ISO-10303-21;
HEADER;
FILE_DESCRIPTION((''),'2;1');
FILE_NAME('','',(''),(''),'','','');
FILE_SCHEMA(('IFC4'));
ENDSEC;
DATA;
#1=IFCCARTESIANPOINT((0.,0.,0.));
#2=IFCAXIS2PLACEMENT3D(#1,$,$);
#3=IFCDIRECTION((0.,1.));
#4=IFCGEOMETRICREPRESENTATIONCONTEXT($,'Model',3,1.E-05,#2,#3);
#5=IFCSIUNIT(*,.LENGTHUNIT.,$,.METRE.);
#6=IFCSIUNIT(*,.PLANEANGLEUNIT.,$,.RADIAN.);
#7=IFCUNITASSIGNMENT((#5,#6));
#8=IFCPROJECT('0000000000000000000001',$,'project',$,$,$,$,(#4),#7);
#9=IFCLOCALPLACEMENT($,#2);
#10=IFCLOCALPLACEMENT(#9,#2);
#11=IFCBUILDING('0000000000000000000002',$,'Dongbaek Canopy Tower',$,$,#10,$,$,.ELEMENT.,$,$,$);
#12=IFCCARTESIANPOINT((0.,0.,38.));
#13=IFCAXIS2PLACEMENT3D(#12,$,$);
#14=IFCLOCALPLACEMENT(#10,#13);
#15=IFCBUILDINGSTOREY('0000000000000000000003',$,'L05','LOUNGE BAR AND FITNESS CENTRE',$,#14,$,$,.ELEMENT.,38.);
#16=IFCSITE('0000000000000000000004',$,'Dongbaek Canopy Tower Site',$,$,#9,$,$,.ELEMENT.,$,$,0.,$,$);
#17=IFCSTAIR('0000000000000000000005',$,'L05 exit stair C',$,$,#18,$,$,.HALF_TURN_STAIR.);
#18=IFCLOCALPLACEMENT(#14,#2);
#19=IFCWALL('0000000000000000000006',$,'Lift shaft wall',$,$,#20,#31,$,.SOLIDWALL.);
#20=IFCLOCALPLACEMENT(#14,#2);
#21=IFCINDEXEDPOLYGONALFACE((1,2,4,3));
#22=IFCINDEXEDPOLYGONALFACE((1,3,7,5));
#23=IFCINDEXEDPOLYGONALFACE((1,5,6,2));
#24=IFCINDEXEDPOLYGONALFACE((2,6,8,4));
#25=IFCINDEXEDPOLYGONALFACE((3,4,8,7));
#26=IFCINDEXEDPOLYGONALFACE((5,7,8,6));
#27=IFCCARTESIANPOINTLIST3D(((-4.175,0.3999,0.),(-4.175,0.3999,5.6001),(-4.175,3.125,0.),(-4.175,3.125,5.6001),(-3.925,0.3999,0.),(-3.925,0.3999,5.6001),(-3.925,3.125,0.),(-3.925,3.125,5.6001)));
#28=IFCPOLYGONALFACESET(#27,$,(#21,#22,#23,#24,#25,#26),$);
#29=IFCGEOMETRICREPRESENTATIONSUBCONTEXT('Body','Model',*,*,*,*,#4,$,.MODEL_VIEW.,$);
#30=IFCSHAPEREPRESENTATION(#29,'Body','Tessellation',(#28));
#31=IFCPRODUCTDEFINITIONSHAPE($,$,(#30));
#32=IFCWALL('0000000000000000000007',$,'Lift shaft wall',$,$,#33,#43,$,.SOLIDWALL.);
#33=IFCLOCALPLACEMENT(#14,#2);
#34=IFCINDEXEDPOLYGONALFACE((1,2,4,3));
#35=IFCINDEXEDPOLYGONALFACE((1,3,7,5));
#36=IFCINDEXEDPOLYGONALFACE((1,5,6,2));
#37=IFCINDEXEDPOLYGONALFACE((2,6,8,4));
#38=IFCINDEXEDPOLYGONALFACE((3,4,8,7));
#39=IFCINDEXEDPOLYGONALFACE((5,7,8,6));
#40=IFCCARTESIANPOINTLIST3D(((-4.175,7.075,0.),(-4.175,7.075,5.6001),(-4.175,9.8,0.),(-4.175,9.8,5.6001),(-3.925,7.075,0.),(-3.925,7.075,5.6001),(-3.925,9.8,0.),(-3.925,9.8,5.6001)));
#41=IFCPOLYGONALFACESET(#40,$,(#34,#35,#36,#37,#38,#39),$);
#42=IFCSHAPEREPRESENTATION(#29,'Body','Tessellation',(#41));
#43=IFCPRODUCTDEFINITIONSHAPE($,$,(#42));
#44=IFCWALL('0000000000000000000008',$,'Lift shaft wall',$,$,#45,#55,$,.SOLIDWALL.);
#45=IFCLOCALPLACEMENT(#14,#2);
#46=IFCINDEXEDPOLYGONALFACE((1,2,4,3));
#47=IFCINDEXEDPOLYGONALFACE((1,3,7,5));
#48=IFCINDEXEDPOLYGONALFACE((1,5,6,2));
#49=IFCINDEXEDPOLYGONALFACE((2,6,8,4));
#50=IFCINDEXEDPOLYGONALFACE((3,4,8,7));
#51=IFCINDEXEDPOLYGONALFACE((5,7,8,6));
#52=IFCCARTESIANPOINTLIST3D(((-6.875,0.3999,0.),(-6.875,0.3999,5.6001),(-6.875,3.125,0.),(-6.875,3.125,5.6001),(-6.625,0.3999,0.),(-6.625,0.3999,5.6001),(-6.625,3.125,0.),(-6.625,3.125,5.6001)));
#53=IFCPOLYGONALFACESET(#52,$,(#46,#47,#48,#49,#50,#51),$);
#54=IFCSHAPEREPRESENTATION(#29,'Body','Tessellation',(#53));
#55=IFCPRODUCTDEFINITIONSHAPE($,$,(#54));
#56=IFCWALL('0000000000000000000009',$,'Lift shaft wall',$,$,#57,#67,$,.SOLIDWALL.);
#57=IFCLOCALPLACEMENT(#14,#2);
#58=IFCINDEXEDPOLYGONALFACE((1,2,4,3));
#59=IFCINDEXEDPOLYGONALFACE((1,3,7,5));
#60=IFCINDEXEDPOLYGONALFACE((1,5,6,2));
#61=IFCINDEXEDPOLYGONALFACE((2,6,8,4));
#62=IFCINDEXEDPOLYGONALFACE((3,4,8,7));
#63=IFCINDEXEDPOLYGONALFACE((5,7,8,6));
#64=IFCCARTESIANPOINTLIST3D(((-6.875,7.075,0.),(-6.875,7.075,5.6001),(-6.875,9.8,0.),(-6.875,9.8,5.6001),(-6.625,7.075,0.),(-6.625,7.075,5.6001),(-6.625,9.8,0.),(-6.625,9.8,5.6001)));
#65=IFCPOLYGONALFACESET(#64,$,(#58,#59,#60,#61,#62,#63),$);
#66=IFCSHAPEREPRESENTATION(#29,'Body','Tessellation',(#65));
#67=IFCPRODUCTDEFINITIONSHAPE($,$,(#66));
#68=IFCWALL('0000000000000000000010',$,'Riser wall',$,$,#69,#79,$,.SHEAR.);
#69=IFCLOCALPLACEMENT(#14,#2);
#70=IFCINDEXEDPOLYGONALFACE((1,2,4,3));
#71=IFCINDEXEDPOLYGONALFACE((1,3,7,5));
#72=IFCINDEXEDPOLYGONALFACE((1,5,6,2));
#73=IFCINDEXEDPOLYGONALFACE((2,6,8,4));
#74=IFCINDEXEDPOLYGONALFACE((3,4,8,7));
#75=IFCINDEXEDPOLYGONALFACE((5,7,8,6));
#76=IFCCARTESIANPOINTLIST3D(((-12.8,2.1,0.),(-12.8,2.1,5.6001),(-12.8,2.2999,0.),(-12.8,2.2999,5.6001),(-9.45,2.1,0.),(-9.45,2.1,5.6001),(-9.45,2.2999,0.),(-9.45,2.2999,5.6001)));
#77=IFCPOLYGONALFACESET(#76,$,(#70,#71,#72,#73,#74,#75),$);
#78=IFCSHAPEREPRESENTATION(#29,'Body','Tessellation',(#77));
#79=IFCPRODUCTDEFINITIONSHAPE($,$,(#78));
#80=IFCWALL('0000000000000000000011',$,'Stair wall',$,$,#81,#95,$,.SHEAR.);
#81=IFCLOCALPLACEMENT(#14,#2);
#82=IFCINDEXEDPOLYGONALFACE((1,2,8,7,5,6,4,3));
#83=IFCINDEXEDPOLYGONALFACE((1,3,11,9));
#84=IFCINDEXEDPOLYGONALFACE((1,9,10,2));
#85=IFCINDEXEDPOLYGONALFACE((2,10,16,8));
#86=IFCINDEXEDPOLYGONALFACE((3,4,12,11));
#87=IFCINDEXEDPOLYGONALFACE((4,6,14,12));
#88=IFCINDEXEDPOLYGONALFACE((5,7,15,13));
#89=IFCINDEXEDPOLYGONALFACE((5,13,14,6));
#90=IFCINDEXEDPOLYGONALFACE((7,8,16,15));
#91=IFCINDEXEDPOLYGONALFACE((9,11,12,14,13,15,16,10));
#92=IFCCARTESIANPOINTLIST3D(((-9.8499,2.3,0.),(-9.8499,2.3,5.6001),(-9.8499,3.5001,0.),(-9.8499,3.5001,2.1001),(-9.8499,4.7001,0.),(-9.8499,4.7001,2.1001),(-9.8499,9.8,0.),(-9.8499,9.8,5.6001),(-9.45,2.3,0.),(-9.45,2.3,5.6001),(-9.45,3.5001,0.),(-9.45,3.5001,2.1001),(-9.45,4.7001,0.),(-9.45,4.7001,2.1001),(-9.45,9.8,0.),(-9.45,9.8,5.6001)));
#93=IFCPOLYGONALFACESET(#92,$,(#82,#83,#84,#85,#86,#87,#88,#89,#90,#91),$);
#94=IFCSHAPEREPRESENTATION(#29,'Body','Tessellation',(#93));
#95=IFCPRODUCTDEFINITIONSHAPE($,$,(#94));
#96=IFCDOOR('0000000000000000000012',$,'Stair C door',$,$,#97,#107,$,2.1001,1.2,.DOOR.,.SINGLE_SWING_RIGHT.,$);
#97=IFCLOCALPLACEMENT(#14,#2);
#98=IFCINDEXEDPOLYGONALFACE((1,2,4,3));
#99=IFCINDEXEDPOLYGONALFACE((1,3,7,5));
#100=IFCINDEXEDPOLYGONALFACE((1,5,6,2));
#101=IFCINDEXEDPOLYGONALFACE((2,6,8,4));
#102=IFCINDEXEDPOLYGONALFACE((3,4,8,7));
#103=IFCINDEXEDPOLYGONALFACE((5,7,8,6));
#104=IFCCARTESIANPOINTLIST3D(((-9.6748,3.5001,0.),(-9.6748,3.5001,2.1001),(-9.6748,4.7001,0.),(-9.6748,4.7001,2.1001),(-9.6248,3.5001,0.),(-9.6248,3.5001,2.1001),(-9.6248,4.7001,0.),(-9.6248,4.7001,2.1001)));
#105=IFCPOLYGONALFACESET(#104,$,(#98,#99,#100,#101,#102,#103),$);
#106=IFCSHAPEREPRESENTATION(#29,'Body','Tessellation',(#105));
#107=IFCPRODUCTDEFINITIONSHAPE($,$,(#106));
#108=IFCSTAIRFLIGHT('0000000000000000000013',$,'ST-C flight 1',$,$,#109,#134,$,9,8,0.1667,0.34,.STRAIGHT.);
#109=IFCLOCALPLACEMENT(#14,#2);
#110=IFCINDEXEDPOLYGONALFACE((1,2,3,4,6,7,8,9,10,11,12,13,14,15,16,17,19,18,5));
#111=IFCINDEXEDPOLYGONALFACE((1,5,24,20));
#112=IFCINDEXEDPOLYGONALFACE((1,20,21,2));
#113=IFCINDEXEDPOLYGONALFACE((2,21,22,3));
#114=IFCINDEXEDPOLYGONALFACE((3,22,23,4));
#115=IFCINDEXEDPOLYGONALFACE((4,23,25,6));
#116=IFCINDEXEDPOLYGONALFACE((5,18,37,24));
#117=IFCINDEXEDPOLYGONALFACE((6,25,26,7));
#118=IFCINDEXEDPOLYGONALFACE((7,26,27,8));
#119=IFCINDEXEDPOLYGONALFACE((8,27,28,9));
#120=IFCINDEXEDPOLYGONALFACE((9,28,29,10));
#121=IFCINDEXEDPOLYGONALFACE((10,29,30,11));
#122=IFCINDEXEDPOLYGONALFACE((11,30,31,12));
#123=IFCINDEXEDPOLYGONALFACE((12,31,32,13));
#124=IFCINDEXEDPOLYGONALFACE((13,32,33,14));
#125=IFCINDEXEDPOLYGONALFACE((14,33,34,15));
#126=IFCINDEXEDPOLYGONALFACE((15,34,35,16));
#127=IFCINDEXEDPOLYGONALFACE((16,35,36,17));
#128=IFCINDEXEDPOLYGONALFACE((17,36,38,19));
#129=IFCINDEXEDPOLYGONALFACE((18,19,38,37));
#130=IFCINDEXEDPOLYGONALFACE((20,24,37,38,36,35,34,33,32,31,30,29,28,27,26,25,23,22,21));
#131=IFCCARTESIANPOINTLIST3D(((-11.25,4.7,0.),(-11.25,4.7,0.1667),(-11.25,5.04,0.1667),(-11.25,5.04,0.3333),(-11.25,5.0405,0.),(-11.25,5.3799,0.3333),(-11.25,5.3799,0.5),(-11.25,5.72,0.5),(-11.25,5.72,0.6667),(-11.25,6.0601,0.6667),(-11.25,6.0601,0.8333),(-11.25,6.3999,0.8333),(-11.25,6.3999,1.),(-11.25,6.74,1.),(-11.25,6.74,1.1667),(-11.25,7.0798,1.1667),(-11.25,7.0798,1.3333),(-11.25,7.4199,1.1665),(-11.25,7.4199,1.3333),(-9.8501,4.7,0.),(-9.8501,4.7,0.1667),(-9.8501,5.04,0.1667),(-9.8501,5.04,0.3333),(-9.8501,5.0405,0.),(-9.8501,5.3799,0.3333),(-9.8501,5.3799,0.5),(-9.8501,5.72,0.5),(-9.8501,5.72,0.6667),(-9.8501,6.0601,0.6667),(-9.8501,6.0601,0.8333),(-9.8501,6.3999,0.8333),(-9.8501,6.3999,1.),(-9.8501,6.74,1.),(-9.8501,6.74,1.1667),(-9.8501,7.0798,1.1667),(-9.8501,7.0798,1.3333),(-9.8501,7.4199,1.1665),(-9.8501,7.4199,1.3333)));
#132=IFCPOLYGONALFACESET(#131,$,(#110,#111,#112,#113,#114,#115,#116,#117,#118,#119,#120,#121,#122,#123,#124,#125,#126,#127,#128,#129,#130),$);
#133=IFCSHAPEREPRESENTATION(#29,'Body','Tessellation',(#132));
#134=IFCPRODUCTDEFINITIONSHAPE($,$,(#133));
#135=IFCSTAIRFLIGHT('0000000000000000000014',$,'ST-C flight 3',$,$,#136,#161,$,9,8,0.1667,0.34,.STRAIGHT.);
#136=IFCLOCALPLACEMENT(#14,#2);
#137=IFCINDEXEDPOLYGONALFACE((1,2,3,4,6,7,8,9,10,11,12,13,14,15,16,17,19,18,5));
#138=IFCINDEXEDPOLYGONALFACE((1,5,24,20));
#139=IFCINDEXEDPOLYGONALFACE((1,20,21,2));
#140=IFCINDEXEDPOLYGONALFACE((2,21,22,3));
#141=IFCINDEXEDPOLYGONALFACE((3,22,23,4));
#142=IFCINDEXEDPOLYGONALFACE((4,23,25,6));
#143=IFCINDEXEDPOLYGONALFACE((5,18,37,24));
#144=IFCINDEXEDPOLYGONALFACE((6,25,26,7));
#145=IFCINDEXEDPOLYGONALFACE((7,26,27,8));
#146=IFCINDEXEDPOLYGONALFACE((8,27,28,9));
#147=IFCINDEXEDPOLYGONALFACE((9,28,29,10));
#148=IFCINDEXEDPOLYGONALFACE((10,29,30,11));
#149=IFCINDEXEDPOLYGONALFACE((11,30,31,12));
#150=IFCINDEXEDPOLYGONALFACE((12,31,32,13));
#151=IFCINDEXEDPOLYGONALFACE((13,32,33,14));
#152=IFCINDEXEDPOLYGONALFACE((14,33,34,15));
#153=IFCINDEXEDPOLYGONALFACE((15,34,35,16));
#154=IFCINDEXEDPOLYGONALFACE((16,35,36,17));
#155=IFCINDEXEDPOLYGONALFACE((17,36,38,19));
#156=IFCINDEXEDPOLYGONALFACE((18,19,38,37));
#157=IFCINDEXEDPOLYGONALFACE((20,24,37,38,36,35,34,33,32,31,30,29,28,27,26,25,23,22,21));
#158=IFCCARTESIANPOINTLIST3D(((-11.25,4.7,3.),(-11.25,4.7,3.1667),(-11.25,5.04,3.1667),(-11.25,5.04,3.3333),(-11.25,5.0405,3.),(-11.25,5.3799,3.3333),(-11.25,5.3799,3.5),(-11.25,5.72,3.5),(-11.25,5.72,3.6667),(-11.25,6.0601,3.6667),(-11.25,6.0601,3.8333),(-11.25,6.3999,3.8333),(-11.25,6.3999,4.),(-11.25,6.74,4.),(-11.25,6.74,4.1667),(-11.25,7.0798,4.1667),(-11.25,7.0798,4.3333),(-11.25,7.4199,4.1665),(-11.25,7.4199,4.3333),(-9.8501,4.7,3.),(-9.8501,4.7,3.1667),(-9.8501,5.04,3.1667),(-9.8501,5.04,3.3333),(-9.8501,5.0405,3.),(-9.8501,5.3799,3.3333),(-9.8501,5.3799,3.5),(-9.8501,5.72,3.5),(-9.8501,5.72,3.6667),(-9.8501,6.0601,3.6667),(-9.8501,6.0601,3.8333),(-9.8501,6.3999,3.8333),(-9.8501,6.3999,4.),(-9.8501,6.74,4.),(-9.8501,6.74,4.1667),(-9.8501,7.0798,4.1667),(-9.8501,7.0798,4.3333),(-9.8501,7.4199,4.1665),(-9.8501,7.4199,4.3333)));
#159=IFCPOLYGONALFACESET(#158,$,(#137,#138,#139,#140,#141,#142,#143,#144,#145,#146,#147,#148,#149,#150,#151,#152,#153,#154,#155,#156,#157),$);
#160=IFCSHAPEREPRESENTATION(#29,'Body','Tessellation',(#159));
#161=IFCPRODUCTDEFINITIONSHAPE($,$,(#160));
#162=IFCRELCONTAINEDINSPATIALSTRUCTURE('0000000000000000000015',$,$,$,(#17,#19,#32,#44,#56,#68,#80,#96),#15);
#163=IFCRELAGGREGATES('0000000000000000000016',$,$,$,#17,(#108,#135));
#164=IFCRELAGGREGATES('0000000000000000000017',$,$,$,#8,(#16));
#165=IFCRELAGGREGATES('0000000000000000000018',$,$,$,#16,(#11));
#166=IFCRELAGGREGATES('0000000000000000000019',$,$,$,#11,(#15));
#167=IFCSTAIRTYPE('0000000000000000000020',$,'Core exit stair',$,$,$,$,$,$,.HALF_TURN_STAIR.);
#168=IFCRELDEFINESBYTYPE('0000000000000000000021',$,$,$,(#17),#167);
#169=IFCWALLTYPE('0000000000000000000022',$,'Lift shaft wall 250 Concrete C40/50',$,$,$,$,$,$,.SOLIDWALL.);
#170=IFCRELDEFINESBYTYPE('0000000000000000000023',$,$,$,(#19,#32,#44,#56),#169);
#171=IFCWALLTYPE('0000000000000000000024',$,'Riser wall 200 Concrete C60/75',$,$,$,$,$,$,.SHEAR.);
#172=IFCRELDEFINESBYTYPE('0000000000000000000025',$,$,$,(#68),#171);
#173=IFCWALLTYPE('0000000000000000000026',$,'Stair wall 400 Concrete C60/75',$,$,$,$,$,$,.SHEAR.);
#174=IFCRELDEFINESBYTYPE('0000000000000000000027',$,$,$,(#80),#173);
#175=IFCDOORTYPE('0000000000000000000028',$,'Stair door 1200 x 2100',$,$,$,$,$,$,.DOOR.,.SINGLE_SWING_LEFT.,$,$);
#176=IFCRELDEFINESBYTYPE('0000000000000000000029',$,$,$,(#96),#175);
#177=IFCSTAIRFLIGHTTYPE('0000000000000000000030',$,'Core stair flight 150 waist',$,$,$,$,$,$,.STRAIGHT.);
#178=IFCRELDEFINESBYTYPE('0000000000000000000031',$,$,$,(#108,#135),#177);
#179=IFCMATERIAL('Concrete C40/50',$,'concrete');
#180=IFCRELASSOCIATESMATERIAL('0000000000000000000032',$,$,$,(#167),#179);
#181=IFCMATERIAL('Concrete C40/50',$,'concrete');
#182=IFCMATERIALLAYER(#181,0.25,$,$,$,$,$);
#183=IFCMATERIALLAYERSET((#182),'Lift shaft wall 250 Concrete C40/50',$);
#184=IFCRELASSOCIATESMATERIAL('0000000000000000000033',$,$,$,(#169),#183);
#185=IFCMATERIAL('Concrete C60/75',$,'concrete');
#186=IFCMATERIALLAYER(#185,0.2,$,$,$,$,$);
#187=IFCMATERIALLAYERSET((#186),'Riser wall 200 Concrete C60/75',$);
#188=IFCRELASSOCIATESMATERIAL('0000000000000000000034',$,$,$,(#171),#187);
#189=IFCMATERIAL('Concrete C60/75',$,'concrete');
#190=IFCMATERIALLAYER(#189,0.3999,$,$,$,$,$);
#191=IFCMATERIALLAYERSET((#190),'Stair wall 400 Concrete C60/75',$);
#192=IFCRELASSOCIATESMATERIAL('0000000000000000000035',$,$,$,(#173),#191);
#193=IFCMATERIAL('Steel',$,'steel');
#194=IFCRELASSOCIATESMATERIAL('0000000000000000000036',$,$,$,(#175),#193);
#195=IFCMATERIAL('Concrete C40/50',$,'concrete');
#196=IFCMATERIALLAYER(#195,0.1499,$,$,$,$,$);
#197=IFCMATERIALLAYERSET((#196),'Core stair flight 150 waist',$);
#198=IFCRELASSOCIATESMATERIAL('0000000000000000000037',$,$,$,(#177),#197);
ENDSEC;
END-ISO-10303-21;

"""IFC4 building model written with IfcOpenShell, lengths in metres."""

from ifc_helpers import new_model, si_unit, direction, frame, frame_2d, origin, place, context, subcontext, project, spatial, polyline, rectangle, outline, extrude, material, layer, layer_set, type_object, element, fill, aggregate, save


model = new_model("IFC4")

# Units and contexts
model_context = context("Model", 3, precision=1e-05, world=origin(), true_north=direction((0.0, 1.0)))
body_context = subcontext(model_context, "Body", "Model", "MODEL_VIEW")
ifc_project = project(units=[si_unit("LENGTHUNIT", "METRE"), si_unit("PLANEANGLEUNIT", "RADIAN")], contexts=[model_context])

# Site, building, storey
site_placement = place(None, origin())
site = spatial("IfcSite", under=ifc_project, at=site_placement, Name="Dongbaek Canopy Tower Site", CompositionType="ELEMENT", RefElevation=0.0)
building_placement = place(site_placement, origin())
building = spatial("IfcBuilding", under=site, at=building_placement, Name="Dongbaek Canopy Tower", CompositionType="ELEMENT")
storey_placement = place(building_placement, frame((0.0, 0.0, 38.0)))
storey = spatial("IfcBuildingStorey", under=building, at=storey_placement, Name="L05", Description="LOUNGE BAR AND FITNESS CENTRE", CompositionType="ELEMENT", Elevation=38.0)

# Stair
ifc_material_1 = material(Name="Concrete C40/50", Category="concrete")
stair_type = type_object("IfcStairType", Name="Core exit stair", PredefinedType="HALF_TURN_STAIR", material=ifc_material_1)
stair_1_placement = place(storey_placement, origin())
stair_1 = element("IfcStair", 1, at=stair_1_placement, inside=storey, type_object=stair_type, Name="L05 exit stair C", PredefinedType="HALF_TURN_STAIR")

# Walls
ifc_material_2 = material(Name="Concrete C40/50", Category="concrete")
ifc_layer_1 = layer(ifc_material_2, 0.25)
ifc_layer_set_1 = layer_set([ifc_layer_1], Name="Lift shaft wall 250 Concrete C40/50")
wall_type_1 = type_object("IfcWallType", Name="Lift shaft wall 250 Concrete C40/50", PredefinedType="SOLIDWALL", material=ifc_layer_set_1)
for number, where, z_axis, x_axis, name in (
    (2, (-4.05, 0.3999, 0.0), (0.0, 0.0, 1.0), (0.0, 1.0, 0.0), "Lift shaft wall"),
    (3, (-4.05, 7.075, 0.0), (0.0, 0.0, 1.0), (0.0, 1.0, 0.0), "Lift shaft wall"),
    (4, (-6.75, 0.3999, 0.0), (0.0, 0.0, 1.0), (0.0, 1.0, 0.0), "Lift shaft wall"),
    (5, (-6.75, 7.075, 0.0), (0.0, 0.0, 1.0), (0.0, 1.0, 0.0), "Lift shaft wall"),
):
    element("IfcWall", number, at=place(storey_placement, frame(where, z_axis=z_axis, x_axis=x_axis)), inside=storey, type_object=wall_type_1, Name=name, PredefinedType="SOLIDWALL", context=body_context, shape_type="SweptSolid", body=[
        extrude(rectangle(XDim=2.7251, YDim=0.25, at=frame_2d((1.3625, 0.0))), origin(), (0.0, 0.0, 1.0), 5.6001),
    ])
ifc_material_3 = material(Name="Concrete C60/75", Category="concrete")
ifc_layer_2 = layer(ifc_material_3, 0.2)
ifc_layer_set_2 = layer_set([ifc_layer_2], Name="Riser wall 200 Concrete C60/75")
wall_type_2 = type_object("IfcWallType", Name="Riser wall 200 Concrete C60/75", PredefinedType="SHEAR", material=ifc_layer_set_2)
wall_1_placement = place(storey_placement, frame((-9.45, 2.2, 0.0), z_axis=(0.0, 0.0, 1.0), x_axis=(-1.0, 0.0, 0.0)))
element("IfcWall", 6, at=wall_1_placement, inside=storey, type_object=wall_type_2, Name="Riser wall", PredefinedType="SHEAR", context=body_context, shape_type="SweptSolid", body=[
    extrude(rectangle(XDim=3.3501, YDim=0.2, at=frame_2d((1.675, 0.0))), origin(), (0.0, 0.0, 1.0), 5.6001),
])

# Wall, opening, door
ifc_material_4 = material(Name="Concrete C60/75", Category="concrete")
ifc_layer_3 = layer(ifc_material_4, 0.3999)
ifc_layer_set_3 = layer_set([ifc_layer_3], Name="Stair wall 400 Concrete C60/75")
wall_type_3 = type_object("IfcWallType", Name="Stair wall 400 Concrete C60/75", PredefinedType="SHEAR", material=ifc_layer_set_3)
wall_2_placement = place(storey_placement, frame((-9.6499, 2.3, 0.0), z_axis=(0.0, 0.0, 1.0), x_axis=(0.0, 1.0, 0.0)))
wall_2 = element("IfcWall", 7, at=wall_2_placement, inside=storey, type_object=wall_type_3, Name="Stair wall", PredefinedType="SHEAR", context=body_context, shape_type="SweptSolid", body=[
    extrude(rectangle(XDim=7.5, YDim=0.3999, at=frame_2d((3.75, 0.0))), origin(), (0.0, 0.0, 1.0), 5.6001),
])
opening_1_placement = place(wall_2_placement, frame((1.2, 0.0, 0.0)))
opening_1 = element("IfcOpeningElement", 8, at=opening_1_placement, cuts=wall_2, PredefinedType="OPENING", context=body_context, shape_type="SweptSolid", body=[
    extrude(rectangle(XDim=1.2, YDim=2.1001, at=frame_2d((0.6001, 1.05))), frame((0.0, 0.21, 0.0), z_axis=(0.0, -1.0, 0.0), x_axis=(1.0, 0.0, 0.0)), (0.0, 0.0, 1.0), 0.4199),
])
ifc_material_5 = material(Name="Steel", Category="steel")
door_type_1 = type_object("IfcDoorType", Name="Stair door 1200 x 2100", OperationType="SINGLE_SWING_LEFT", PredefinedType="DOOR", material=ifc_material_5)
door_1_placement = place(opening_1_placement, origin())
door_1 = element("IfcDoor", 9, at=door_1_placement, inside=storey, type_object=door_type_1, Name="Stair C door", OperationType="SINGLE_SWING_RIGHT", OverallHeight=2.1001, OverallWidth=1.2, PredefinedType="DOOR", context=body_context, shape_type="SweptSolid", body=[
    extrude(rectangle(XDim=1.2, YDim=2.1001, at=frame_2d((0.6001, 1.05))), frame((0.0, 0.0249, 0.0), z_axis=(0.0, -1.0, 0.0), x_axis=(1.0, 0.0, 0.0)), (0.0, 0.0, 1.0), 0.05),
])
fill(opening_1, door_1)

# Stair flights
ifc_material_6 = material(Name="Concrete C40/50", Category="concrete")
ifc_layer_4 = layer(ifc_material_6, 0.1499)
ifc_layer_set_4 = layer_set([ifc_layer_4], Name="Core stair flight 150 waist")
stair_flight_type = type_object("IfcStairFlightType", Name="Core stair flight 150 waist", PredefinedType="STRAIGHT", material=ifc_layer_set_4)
stair_flight_1_placement = place(storey_placement, frame((-10.55, 4.7, 0.0), z_axis=(0.0, 0.0, 1.0), x_axis=(0.0, 1.0, 0.0)))
stair_flight_1 = element("IfcStairFlight", 10, at=stair_flight_1_placement, type_object=stair_flight_type, Name="ST-C flight 1", NumberOfRisers=9, NumberOfTreads=8, PredefinedType="STRAIGHT", RiserHeight=0.1667, TreadLength=0.34, context=body_context, shape_type="SweptSolid", body=[
    extrude(outline(polyline([(0.0, 0.0), (0.0, 0.1667), (0.3401, 0.1667), (0.3401, 0.3333), (0.6799, 0.3333), (0.6799, 0.5), (1.02, 0.5), (1.02, 0.6667), (1.3601, 0.6667), (1.3601, 0.8333), (1.7, 0.8333), (1.7, 1.0), (2.04, 1.0), (2.04, 1.1667), (2.3799, 1.1667), (2.3799, 1.3333), (2.72, 1.3333), (2.72, 1.5), (2.72, 1.1665), (0.3406, 0.0), (0.0, 0.0)])), frame((0.0, 0.7, 0.0), z_axis=(0.0, -1.0, 0.0), x_axis=(1.0, 0.0, 0.0)), (0.0, 0.0, 1.0), 1.3999),
])
stair_flight_2_placement = place(storey_placement, frame((-10.55, 4.7, 3.0), z_axis=(0.0, 0.0, 1.0), x_axis=(0.0, 1.0, 0.0)))
stair_flight_2 = element("IfcStairFlight", 11, at=stair_flight_2_placement, type_object=stair_flight_type, Name="ST-C flight 3", NumberOfRisers=9, NumberOfTreads=8, PredefinedType="STRAIGHT", RiserHeight=0.1667, TreadLength=0.34, context=body_context, shape_type="SweptSolid", body=[
    extrude(outline(polyline([(0.0, 0.0), (0.0, 0.1667), (0.3401, 0.1667), (0.3401, 0.3333), (0.6799, 0.3333), (0.6799, 0.5), (1.02, 0.5), (1.02, 0.6667), (1.3601, 0.6667), (1.3601, 0.8333), (1.7, 0.8333), (1.7, 1.0), (2.04, 1.0), (2.04, 1.1667), (2.3799, 1.1667), (2.3799, 1.3333), (2.72, 1.3333), (2.72, 1.5), (2.72, 1.1665), (0.3406, 0.0), (0.0, 0.0)])), frame((0.0, 0.7, 0.0), z_axis=(0.0, -1.0, 0.0), x_axis=(1.0, 0.0, 0.0)), (0.0, 0.0, 1.0), 1.3999),
])
aggregate(stair_1, [stair_flight_1, stair_flight_2])

save(model, "model.ifc")
